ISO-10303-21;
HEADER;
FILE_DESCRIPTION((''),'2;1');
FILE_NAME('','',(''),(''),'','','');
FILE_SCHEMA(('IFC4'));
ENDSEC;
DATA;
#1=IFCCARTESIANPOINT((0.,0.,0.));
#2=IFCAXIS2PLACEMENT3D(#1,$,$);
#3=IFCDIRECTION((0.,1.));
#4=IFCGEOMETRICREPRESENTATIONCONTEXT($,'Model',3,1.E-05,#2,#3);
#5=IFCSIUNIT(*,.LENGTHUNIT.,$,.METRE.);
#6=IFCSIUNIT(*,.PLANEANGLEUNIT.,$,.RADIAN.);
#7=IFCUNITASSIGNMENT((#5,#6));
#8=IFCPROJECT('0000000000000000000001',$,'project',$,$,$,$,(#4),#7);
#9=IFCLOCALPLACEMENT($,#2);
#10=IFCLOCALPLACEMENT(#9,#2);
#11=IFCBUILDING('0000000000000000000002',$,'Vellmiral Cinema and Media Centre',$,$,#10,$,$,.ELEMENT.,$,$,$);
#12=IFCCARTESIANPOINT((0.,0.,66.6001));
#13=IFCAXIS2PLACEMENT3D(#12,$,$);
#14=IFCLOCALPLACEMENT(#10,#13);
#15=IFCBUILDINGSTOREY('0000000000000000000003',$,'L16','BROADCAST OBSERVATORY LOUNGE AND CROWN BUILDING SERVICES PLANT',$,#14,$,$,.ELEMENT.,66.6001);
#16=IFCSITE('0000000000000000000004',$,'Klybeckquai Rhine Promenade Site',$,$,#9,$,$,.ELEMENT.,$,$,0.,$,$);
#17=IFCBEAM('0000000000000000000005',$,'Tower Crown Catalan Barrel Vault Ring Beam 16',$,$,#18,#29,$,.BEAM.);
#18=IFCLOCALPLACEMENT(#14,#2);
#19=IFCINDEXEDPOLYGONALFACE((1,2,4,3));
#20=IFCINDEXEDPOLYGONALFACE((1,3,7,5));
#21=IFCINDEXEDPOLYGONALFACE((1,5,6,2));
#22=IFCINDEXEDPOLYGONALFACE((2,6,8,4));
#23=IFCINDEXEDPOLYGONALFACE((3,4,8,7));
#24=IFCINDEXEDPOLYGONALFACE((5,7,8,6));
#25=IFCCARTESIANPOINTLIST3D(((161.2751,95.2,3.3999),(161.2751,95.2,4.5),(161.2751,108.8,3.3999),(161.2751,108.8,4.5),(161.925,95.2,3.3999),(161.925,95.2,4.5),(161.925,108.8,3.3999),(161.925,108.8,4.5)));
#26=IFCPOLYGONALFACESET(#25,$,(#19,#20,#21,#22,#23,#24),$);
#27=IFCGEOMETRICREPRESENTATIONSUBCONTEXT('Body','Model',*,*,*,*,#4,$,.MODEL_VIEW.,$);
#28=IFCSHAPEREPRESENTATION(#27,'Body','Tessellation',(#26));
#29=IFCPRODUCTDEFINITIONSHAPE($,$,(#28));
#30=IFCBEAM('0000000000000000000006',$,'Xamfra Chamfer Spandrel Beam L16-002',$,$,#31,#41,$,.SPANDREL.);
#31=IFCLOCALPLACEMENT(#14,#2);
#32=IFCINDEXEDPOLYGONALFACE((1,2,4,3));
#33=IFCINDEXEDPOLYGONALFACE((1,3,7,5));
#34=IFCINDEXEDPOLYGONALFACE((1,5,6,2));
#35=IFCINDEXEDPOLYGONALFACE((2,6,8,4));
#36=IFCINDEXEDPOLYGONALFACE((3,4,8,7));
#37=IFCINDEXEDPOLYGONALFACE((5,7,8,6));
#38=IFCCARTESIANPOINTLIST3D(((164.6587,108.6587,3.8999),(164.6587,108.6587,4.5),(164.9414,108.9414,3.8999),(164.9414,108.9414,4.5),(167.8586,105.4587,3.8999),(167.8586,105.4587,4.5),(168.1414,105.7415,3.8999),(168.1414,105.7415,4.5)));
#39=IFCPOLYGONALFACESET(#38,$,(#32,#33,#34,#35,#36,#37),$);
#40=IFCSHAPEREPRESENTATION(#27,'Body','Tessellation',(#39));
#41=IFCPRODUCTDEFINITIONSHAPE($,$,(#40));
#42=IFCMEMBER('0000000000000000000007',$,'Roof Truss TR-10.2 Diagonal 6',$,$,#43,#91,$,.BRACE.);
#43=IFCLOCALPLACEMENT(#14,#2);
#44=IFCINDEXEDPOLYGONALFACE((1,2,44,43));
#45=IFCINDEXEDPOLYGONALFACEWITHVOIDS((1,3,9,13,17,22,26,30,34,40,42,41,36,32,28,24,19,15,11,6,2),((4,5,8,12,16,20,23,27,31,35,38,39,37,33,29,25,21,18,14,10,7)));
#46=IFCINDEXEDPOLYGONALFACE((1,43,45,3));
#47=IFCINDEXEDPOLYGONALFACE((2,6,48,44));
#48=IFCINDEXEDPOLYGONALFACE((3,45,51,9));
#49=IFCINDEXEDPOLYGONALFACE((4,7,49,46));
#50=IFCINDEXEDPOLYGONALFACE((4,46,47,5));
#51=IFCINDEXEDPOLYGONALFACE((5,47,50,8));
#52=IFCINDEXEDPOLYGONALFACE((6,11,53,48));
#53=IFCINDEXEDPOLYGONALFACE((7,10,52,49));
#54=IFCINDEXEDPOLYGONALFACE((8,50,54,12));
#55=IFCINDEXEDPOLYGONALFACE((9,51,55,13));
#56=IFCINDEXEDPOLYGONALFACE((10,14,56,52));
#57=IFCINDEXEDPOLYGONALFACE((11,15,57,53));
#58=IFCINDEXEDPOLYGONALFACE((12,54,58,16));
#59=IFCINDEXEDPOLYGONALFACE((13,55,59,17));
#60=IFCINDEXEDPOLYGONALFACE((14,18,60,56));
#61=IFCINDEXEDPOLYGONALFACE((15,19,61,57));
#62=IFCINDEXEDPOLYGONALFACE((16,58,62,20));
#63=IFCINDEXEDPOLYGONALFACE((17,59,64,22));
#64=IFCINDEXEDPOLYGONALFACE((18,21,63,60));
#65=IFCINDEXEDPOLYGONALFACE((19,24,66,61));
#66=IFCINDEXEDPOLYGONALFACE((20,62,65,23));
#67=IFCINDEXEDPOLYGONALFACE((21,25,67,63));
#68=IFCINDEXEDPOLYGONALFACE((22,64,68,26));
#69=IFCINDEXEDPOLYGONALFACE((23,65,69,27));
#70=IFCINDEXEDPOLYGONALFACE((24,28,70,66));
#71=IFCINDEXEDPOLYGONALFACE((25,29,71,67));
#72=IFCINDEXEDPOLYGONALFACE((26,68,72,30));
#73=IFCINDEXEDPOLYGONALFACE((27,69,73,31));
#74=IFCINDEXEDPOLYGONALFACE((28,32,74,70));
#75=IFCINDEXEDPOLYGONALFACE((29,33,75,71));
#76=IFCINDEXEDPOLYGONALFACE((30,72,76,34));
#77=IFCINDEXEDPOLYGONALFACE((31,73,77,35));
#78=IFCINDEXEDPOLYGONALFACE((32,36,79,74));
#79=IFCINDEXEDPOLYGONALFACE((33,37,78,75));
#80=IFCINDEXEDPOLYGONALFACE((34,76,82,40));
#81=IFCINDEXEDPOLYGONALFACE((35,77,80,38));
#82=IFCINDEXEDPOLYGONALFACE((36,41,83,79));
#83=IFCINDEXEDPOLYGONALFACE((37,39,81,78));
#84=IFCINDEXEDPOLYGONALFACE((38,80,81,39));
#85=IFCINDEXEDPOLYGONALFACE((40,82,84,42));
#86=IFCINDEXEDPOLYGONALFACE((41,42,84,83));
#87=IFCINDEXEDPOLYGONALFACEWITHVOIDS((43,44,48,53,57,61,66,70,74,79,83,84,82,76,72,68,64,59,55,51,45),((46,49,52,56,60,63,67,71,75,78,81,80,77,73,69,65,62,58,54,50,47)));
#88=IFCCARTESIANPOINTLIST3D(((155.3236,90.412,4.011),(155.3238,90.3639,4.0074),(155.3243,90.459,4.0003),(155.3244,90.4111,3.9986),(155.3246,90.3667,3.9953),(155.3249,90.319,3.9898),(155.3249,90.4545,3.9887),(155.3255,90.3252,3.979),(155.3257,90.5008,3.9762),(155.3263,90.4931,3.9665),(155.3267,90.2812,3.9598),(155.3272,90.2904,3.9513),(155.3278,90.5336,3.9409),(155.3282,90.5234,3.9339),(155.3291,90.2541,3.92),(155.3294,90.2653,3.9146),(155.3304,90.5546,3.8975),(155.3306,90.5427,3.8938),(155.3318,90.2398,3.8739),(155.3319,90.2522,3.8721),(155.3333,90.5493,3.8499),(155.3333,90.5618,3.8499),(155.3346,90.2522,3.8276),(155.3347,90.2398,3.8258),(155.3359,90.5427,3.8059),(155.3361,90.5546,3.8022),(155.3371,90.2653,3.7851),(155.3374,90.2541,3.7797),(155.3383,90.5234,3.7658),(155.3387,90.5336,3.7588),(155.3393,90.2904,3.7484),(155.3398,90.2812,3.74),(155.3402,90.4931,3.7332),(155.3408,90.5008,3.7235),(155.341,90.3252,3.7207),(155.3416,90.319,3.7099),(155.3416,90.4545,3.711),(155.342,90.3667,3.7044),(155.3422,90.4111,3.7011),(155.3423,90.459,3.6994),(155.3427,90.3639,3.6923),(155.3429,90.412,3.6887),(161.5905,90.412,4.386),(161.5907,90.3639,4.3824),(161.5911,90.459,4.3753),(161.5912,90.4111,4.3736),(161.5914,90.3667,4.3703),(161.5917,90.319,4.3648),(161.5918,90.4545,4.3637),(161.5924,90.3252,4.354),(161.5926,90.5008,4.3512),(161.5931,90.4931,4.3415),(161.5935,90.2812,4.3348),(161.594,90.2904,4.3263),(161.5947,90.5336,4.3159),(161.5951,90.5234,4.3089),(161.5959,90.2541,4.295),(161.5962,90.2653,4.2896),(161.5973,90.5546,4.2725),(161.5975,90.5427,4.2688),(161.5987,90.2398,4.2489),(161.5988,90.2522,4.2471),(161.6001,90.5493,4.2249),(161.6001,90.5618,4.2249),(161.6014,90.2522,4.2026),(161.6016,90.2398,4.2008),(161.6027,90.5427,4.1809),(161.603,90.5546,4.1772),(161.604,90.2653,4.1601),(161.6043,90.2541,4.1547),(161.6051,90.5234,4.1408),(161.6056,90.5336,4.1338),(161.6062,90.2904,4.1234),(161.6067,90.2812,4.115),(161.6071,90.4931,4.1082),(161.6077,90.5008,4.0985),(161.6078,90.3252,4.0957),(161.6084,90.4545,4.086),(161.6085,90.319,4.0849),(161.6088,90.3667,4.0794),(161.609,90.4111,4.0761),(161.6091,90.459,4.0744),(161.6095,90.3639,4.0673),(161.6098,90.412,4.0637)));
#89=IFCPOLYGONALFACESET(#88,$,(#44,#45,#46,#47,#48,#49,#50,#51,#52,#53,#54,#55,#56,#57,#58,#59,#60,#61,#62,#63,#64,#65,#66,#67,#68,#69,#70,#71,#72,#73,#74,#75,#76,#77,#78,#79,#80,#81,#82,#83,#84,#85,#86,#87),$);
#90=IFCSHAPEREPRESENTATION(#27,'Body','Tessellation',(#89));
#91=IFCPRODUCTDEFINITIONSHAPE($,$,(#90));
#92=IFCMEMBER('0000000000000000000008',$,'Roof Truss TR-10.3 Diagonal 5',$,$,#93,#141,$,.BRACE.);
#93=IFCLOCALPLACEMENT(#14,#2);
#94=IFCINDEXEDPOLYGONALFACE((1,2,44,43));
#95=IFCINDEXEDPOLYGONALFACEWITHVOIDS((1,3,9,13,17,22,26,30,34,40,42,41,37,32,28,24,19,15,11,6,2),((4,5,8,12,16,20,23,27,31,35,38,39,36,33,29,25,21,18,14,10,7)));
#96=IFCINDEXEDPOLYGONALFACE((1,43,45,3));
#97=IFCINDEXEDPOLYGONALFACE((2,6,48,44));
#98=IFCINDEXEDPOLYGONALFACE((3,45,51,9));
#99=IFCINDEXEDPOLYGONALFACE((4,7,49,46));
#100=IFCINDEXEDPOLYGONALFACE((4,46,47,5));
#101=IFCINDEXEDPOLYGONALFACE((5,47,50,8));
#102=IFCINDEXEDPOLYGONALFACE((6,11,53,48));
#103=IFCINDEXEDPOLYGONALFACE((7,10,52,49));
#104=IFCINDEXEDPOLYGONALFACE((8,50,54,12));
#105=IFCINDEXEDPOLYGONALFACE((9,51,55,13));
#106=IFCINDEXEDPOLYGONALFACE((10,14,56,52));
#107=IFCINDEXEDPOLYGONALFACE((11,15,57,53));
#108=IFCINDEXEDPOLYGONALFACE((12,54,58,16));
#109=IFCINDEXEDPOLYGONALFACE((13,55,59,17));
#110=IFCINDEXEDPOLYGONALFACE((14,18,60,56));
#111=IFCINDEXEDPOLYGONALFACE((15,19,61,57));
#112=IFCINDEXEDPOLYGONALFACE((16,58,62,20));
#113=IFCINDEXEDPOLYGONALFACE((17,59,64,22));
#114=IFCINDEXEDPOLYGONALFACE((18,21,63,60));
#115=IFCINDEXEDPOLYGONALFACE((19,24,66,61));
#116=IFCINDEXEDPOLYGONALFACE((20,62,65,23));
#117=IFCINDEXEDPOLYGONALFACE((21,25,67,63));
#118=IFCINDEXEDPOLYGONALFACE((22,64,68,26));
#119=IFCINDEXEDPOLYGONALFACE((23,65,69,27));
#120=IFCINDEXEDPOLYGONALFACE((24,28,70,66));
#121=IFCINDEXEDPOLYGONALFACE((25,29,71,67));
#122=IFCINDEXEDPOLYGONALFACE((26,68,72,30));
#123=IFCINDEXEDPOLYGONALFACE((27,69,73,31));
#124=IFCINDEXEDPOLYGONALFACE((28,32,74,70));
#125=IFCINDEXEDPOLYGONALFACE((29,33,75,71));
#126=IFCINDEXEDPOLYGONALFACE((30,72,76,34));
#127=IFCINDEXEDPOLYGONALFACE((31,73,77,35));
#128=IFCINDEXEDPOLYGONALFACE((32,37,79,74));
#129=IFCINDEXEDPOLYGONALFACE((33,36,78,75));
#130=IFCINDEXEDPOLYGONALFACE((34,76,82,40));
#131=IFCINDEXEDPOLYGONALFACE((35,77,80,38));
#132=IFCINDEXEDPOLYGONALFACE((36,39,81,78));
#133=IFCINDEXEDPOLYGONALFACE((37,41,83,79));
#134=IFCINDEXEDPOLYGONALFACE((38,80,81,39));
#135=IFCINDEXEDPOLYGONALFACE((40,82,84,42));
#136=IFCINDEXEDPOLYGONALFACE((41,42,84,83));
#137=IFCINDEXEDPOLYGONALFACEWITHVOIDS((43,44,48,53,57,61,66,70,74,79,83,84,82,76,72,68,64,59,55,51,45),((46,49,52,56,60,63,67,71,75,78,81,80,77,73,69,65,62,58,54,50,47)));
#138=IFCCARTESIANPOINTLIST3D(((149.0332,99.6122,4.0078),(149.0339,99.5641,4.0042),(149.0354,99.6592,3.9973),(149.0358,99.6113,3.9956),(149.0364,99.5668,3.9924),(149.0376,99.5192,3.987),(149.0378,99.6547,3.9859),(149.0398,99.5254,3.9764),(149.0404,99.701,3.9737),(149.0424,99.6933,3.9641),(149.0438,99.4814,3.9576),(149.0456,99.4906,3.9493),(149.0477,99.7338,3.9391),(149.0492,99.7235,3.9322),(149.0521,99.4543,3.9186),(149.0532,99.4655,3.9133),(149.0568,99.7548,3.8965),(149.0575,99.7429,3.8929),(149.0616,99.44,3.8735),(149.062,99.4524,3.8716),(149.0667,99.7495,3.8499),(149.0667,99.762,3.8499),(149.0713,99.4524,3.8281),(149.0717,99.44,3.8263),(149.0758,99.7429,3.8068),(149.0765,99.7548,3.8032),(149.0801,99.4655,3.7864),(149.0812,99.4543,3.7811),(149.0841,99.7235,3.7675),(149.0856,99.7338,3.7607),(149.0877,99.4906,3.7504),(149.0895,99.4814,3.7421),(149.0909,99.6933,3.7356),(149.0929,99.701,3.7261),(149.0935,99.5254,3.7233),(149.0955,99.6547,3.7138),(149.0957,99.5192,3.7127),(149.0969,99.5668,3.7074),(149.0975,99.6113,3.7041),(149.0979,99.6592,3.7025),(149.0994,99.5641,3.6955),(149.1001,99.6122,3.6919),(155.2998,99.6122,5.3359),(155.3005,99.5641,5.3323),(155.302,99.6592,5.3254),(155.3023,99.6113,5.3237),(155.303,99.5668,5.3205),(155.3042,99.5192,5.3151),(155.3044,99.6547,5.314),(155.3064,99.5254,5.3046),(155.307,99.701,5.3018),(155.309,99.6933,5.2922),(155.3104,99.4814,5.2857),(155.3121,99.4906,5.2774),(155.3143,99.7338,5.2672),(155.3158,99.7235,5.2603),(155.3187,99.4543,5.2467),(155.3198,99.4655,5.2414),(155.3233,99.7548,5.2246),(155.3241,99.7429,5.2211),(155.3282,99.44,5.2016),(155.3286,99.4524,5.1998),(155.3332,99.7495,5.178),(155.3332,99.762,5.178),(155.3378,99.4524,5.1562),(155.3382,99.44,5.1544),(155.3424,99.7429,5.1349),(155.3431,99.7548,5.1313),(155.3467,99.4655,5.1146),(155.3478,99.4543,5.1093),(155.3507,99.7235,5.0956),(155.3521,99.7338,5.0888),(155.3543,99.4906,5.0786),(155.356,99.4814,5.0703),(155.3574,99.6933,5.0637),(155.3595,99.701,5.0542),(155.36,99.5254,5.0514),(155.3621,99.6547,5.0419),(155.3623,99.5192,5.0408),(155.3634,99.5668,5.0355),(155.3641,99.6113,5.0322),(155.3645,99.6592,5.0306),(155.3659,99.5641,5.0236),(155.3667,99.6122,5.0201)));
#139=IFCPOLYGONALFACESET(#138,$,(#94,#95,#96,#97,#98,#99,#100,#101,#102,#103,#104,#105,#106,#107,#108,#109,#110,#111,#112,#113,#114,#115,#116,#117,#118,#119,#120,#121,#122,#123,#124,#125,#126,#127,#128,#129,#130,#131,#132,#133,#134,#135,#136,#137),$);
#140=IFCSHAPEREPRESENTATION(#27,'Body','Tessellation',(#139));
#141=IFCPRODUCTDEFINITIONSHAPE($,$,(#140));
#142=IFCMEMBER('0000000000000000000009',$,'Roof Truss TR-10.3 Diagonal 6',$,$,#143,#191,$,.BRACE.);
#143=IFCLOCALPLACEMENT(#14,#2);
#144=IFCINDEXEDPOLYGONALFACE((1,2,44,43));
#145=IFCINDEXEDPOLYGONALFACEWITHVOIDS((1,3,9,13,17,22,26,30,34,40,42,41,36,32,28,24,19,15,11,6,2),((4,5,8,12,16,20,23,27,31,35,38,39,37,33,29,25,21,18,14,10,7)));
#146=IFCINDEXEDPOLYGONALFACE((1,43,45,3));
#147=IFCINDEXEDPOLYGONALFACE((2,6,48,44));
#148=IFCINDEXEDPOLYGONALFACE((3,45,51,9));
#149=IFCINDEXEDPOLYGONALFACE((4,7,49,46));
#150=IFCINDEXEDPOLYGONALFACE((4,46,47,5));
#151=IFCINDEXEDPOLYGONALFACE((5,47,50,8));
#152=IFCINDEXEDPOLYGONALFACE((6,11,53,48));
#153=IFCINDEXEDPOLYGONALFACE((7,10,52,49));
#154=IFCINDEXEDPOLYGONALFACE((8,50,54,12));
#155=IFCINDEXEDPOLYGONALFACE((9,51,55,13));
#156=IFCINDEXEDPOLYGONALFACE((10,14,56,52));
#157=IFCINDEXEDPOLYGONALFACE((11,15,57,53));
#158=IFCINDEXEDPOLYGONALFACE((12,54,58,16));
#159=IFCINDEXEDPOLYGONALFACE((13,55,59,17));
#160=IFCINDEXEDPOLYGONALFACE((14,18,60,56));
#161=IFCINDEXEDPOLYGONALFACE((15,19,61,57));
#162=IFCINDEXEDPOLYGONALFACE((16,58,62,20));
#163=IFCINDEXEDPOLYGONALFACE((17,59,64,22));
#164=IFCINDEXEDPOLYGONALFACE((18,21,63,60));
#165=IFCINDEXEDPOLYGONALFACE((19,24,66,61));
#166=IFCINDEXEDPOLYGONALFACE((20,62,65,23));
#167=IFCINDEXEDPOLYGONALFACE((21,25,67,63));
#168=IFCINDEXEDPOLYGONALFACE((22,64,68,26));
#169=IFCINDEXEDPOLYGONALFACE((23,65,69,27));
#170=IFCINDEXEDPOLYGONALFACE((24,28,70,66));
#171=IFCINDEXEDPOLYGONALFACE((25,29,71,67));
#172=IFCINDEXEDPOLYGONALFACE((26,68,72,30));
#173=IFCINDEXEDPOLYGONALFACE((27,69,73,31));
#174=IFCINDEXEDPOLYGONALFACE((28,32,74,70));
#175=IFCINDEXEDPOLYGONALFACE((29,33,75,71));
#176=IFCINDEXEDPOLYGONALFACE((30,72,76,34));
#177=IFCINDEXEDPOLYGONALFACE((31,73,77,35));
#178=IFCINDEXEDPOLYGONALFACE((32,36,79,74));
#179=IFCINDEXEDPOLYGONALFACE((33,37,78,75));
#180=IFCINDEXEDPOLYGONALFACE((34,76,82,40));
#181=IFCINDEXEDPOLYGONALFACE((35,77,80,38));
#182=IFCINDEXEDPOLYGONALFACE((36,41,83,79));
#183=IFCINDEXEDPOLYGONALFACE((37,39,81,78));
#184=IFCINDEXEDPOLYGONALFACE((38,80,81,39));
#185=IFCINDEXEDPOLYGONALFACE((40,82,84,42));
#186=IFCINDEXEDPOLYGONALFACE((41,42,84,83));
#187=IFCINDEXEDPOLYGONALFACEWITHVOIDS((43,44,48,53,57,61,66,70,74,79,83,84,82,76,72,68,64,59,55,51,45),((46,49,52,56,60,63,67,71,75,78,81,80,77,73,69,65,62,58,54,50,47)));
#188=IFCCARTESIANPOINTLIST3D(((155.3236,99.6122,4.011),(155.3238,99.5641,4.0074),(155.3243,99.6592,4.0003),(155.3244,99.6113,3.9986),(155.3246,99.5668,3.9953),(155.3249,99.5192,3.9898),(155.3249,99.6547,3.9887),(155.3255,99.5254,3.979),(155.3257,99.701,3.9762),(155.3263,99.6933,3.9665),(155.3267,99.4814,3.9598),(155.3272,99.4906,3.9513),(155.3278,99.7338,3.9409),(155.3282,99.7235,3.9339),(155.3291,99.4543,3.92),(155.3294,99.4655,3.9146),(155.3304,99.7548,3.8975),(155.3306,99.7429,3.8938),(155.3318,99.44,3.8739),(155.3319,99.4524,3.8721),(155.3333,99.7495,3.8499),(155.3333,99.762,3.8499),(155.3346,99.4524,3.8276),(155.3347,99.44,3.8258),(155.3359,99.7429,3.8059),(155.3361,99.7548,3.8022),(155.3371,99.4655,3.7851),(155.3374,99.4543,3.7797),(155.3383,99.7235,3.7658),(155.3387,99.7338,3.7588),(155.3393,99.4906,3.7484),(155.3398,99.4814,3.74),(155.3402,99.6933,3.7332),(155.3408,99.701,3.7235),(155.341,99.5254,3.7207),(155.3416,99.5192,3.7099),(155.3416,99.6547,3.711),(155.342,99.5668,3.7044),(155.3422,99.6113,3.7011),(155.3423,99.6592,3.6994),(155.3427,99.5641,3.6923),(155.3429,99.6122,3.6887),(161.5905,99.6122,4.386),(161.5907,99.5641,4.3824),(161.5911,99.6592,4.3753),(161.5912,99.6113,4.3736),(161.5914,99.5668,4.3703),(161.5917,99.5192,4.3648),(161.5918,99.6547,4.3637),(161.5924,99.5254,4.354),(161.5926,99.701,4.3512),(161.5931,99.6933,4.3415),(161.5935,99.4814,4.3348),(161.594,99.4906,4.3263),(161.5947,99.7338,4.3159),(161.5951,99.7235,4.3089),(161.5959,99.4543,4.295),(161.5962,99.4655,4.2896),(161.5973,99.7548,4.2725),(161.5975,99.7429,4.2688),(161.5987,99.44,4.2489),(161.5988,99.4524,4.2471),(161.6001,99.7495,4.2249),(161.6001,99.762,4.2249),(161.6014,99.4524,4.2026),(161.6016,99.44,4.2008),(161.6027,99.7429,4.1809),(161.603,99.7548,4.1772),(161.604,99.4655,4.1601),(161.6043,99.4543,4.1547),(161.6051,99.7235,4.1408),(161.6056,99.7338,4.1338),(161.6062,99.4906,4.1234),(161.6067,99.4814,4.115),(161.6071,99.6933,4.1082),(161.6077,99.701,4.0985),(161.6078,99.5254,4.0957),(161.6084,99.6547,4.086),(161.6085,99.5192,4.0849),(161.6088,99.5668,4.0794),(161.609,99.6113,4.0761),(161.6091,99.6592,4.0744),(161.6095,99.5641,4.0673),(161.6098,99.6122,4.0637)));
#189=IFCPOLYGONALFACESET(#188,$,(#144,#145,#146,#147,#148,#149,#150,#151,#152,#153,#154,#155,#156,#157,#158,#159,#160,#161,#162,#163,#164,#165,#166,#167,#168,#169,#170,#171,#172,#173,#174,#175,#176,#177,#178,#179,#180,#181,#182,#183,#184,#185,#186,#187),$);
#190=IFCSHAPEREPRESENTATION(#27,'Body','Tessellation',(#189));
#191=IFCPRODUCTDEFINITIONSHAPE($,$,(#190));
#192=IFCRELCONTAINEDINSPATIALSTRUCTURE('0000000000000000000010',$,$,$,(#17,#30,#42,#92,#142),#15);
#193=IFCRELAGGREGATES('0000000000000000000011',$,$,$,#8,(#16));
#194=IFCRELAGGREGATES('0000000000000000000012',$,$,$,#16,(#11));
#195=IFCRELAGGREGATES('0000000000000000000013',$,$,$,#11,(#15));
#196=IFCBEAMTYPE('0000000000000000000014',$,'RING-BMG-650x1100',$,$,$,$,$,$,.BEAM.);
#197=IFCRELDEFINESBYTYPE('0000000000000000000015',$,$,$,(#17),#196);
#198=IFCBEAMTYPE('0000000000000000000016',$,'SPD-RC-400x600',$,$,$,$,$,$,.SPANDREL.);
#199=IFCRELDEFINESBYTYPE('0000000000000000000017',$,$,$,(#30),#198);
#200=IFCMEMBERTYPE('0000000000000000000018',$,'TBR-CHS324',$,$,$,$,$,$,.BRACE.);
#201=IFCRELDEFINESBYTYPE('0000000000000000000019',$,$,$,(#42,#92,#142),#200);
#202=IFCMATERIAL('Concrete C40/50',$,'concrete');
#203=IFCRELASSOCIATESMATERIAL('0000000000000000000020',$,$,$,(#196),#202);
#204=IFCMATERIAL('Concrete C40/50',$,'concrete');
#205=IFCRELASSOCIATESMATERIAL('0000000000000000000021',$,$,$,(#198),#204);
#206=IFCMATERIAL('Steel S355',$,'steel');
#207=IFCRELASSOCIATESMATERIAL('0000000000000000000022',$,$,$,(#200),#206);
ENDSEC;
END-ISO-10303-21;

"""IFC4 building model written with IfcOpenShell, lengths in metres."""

from ifc_helpers import new_model, si_unit, direction, frame, origin, origin_2d, place, context, subcontext, project, spatial, rectangle, hollow_circle, extrude, material, material_profile, profile_set, type_object, element, save


model = new_model("IFC4")

# Units and contexts
model_context = context("Model", 3, precision=1e-05, world=origin(), true_north=direction((0.0, 1.0)))
body_context = subcontext(model_context, "Body", "Model", "MODEL_VIEW")
ifc_project = project(units=[si_unit("LENGTHUNIT", "METRE"), si_unit("PLANEANGLEUNIT", "RADIAN")], contexts=[model_context])

# Site, building, storey
site_placement = place(None, origin())
site = spatial("IfcSite", under=ifc_project, at=site_placement, Name="Klybeckquai Rhine Promenade Site", CompositionType="ELEMENT", RefElevation=0.0)
building_placement = place(site_placement, origin())
building = spatial("IfcBuilding", under=site, at=building_placement, Name="Vellmiral Cinema and Media Centre", CompositionType="ELEMENT")
storey_placement = place(building_placement, frame((0.0, 0.0, 66.6001)))
storey = spatial("IfcBuildingStorey", under=building, at=storey_placement, Name="L16", Description="BROADCAST OBSERVATORY LOUNGE AND CROWN BUILDING SERVICES PLANT", CompositionType="ELEMENT", Elevation=66.6001)

# Beams
ifc_material_1 = material(Name="Concrete C40/50", Category="concrete")
ifc_material_profile_1 = material_profile(ifc_material_1, rectangle(XDim=0.6499, YDim=1.1001, at=origin_2d()), Name="RC 650x1100")
ifc_profile_set_1 = profile_set([ifc_material_profile_1], Name="Concrete C40/50")
beam_type_1 = type_object("IfcBeamType", Name="RING-BMG-650x1100", PredefinedType="BEAM", material=ifc_profile_set_1)
beam_1_placement = place(storey_placement, frame((161.6001, 95.2, 3.95), z_axis=(0.0, 1.0, 0.0), x_axis=(-1.0, 0.0, 0.0)))
element("IfcBeam", 1, at=beam_1_placement, inside=storey, type_object=beam_type_1, Name="Tower Crown Catalan Barrel Vault Ring Beam 16", PredefinedType="BEAM", context=body_context, shape_type="SweptSolid", body=[
    extrude(rectangle(XDim=0.6499, YDim=1.1001, at=origin_2d()), origin(), (0.0, 0.0, 1.0), 13.6001),
])
ifc_material_2 = material(Name="Concrete C40/50", Category="concrete")
ifc_material_profile_2 = material_profile(ifc_material_2, rectangle(XDim=0.3999, YDim=0.6001, at=origin_2d()), Name="RC 400x600")
ifc_profile_set_2 = profile_set([ifc_material_profile_2], Name="Concrete C40/50")
beam_type_2 = type_object("IfcBeamType", Name="SPD-RC-400x600", PredefinedType="SPANDREL", material=ifc_profile_set_2)
beam_2_placement = place(storey_placement, frame((164.8, 108.8, 4.2), z_axis=(0.707107, -0.707107, 0.0), x_axis=(0.707107, 0.707107, 0.0)))
element("IfcBeam", 2, at=beam_2_placement, inside=storey, type_object=beam_type_2, Name="Xamfra Chamfer Spandrel Beam L16-002", PredefinedType="SPANDREL", context=body_context, shape_type="SweptSolid", body=[
    extrude(rectangle(XDim=0.3999, YDim=0.6001, at=origin_2d()), origin(), (0.0, 0.0, 1.0), 4.5254),
])

# Members
ifc_material_3 = material(Name="Steel S355", Category="steel")
ifc_material_profile_3 = material_profile(ifc_material_3, hollow_circle(Radius=0.1619, WallThickness=0.0125, at=origin_2d()), Name="CHS 323.9x12.5")
ifc_profile_set_3 = profile_set([ifc_material_profile_3], Name="Steel S355")
member_type_1 = type_object("IfcMemberType", Name="TBR-CHS324", PredefinedType="BRACE", material=ifc_profile_set_3)
member_1_placement = place(storey_placement, frame((155.3333, 90.3999, 3.8499), z_axis=(0.998214, 0.0, 0.059732), x_axis=(0.0, 1.0, 0.0)))
element("IfcMember", 3, at=member_1_placement, inside=storey, type_object=member_type_1, Name="Roof Truss TR-10.2 Diagonal 6", PredefinedType="BRACE", context=body_context, shape_type="SweptSolid", body=[
    extrude(hollow_circle(Radius=0.1619, WallThickness=0.0125, at=origin_2d()), origin(), (0.0, 0.0, 1.0), 6.2781),
])
member_2_placement = place(storey_placement, frame((149.0667, 99.6001, 3.8499), z_axis=(0.978271, 0.0, 0.207332), x_axis=(0.0, 1.0, 0.0)))
element("IfcMember", 4, at=member_2_placement, inside=storey, type_object=member_type_1, Name="Roof Truss TR-10.3 Diagonal 5", PredefinedType="BRACE", context=body_context, shape_type="SweptSolid", body=[
    extrude(hollow_circle(Radius=0.1619, WallThickness=0.0125, at=origin_2d()), origin(), (0.0, 0.0, 1.0), 6.4058),
])
member_3_placement = place(storey_placement, frame((155.3333, 99.6001, 3.8499), z_axis=(0.998214, 0.0, 0.059732), x_axis=(0.0, 1.0, 0.0)))
element("IfcMember", 5, at=member_3_placement, inside=storey, type_object=member_type_1, Name="Roof Truss TR-10.3 Diagonal 6", PredefinedType="BRACE", context=body_context, shape_type="SweptSolid", body=[
    extrude(hollow_circle(Radius=0.1619, WallThickness=0.0125, at=origin_2d()), origin(), (0.0, 0.0, 1.0), 6.2781),
])

save(model, "model.ifc")
